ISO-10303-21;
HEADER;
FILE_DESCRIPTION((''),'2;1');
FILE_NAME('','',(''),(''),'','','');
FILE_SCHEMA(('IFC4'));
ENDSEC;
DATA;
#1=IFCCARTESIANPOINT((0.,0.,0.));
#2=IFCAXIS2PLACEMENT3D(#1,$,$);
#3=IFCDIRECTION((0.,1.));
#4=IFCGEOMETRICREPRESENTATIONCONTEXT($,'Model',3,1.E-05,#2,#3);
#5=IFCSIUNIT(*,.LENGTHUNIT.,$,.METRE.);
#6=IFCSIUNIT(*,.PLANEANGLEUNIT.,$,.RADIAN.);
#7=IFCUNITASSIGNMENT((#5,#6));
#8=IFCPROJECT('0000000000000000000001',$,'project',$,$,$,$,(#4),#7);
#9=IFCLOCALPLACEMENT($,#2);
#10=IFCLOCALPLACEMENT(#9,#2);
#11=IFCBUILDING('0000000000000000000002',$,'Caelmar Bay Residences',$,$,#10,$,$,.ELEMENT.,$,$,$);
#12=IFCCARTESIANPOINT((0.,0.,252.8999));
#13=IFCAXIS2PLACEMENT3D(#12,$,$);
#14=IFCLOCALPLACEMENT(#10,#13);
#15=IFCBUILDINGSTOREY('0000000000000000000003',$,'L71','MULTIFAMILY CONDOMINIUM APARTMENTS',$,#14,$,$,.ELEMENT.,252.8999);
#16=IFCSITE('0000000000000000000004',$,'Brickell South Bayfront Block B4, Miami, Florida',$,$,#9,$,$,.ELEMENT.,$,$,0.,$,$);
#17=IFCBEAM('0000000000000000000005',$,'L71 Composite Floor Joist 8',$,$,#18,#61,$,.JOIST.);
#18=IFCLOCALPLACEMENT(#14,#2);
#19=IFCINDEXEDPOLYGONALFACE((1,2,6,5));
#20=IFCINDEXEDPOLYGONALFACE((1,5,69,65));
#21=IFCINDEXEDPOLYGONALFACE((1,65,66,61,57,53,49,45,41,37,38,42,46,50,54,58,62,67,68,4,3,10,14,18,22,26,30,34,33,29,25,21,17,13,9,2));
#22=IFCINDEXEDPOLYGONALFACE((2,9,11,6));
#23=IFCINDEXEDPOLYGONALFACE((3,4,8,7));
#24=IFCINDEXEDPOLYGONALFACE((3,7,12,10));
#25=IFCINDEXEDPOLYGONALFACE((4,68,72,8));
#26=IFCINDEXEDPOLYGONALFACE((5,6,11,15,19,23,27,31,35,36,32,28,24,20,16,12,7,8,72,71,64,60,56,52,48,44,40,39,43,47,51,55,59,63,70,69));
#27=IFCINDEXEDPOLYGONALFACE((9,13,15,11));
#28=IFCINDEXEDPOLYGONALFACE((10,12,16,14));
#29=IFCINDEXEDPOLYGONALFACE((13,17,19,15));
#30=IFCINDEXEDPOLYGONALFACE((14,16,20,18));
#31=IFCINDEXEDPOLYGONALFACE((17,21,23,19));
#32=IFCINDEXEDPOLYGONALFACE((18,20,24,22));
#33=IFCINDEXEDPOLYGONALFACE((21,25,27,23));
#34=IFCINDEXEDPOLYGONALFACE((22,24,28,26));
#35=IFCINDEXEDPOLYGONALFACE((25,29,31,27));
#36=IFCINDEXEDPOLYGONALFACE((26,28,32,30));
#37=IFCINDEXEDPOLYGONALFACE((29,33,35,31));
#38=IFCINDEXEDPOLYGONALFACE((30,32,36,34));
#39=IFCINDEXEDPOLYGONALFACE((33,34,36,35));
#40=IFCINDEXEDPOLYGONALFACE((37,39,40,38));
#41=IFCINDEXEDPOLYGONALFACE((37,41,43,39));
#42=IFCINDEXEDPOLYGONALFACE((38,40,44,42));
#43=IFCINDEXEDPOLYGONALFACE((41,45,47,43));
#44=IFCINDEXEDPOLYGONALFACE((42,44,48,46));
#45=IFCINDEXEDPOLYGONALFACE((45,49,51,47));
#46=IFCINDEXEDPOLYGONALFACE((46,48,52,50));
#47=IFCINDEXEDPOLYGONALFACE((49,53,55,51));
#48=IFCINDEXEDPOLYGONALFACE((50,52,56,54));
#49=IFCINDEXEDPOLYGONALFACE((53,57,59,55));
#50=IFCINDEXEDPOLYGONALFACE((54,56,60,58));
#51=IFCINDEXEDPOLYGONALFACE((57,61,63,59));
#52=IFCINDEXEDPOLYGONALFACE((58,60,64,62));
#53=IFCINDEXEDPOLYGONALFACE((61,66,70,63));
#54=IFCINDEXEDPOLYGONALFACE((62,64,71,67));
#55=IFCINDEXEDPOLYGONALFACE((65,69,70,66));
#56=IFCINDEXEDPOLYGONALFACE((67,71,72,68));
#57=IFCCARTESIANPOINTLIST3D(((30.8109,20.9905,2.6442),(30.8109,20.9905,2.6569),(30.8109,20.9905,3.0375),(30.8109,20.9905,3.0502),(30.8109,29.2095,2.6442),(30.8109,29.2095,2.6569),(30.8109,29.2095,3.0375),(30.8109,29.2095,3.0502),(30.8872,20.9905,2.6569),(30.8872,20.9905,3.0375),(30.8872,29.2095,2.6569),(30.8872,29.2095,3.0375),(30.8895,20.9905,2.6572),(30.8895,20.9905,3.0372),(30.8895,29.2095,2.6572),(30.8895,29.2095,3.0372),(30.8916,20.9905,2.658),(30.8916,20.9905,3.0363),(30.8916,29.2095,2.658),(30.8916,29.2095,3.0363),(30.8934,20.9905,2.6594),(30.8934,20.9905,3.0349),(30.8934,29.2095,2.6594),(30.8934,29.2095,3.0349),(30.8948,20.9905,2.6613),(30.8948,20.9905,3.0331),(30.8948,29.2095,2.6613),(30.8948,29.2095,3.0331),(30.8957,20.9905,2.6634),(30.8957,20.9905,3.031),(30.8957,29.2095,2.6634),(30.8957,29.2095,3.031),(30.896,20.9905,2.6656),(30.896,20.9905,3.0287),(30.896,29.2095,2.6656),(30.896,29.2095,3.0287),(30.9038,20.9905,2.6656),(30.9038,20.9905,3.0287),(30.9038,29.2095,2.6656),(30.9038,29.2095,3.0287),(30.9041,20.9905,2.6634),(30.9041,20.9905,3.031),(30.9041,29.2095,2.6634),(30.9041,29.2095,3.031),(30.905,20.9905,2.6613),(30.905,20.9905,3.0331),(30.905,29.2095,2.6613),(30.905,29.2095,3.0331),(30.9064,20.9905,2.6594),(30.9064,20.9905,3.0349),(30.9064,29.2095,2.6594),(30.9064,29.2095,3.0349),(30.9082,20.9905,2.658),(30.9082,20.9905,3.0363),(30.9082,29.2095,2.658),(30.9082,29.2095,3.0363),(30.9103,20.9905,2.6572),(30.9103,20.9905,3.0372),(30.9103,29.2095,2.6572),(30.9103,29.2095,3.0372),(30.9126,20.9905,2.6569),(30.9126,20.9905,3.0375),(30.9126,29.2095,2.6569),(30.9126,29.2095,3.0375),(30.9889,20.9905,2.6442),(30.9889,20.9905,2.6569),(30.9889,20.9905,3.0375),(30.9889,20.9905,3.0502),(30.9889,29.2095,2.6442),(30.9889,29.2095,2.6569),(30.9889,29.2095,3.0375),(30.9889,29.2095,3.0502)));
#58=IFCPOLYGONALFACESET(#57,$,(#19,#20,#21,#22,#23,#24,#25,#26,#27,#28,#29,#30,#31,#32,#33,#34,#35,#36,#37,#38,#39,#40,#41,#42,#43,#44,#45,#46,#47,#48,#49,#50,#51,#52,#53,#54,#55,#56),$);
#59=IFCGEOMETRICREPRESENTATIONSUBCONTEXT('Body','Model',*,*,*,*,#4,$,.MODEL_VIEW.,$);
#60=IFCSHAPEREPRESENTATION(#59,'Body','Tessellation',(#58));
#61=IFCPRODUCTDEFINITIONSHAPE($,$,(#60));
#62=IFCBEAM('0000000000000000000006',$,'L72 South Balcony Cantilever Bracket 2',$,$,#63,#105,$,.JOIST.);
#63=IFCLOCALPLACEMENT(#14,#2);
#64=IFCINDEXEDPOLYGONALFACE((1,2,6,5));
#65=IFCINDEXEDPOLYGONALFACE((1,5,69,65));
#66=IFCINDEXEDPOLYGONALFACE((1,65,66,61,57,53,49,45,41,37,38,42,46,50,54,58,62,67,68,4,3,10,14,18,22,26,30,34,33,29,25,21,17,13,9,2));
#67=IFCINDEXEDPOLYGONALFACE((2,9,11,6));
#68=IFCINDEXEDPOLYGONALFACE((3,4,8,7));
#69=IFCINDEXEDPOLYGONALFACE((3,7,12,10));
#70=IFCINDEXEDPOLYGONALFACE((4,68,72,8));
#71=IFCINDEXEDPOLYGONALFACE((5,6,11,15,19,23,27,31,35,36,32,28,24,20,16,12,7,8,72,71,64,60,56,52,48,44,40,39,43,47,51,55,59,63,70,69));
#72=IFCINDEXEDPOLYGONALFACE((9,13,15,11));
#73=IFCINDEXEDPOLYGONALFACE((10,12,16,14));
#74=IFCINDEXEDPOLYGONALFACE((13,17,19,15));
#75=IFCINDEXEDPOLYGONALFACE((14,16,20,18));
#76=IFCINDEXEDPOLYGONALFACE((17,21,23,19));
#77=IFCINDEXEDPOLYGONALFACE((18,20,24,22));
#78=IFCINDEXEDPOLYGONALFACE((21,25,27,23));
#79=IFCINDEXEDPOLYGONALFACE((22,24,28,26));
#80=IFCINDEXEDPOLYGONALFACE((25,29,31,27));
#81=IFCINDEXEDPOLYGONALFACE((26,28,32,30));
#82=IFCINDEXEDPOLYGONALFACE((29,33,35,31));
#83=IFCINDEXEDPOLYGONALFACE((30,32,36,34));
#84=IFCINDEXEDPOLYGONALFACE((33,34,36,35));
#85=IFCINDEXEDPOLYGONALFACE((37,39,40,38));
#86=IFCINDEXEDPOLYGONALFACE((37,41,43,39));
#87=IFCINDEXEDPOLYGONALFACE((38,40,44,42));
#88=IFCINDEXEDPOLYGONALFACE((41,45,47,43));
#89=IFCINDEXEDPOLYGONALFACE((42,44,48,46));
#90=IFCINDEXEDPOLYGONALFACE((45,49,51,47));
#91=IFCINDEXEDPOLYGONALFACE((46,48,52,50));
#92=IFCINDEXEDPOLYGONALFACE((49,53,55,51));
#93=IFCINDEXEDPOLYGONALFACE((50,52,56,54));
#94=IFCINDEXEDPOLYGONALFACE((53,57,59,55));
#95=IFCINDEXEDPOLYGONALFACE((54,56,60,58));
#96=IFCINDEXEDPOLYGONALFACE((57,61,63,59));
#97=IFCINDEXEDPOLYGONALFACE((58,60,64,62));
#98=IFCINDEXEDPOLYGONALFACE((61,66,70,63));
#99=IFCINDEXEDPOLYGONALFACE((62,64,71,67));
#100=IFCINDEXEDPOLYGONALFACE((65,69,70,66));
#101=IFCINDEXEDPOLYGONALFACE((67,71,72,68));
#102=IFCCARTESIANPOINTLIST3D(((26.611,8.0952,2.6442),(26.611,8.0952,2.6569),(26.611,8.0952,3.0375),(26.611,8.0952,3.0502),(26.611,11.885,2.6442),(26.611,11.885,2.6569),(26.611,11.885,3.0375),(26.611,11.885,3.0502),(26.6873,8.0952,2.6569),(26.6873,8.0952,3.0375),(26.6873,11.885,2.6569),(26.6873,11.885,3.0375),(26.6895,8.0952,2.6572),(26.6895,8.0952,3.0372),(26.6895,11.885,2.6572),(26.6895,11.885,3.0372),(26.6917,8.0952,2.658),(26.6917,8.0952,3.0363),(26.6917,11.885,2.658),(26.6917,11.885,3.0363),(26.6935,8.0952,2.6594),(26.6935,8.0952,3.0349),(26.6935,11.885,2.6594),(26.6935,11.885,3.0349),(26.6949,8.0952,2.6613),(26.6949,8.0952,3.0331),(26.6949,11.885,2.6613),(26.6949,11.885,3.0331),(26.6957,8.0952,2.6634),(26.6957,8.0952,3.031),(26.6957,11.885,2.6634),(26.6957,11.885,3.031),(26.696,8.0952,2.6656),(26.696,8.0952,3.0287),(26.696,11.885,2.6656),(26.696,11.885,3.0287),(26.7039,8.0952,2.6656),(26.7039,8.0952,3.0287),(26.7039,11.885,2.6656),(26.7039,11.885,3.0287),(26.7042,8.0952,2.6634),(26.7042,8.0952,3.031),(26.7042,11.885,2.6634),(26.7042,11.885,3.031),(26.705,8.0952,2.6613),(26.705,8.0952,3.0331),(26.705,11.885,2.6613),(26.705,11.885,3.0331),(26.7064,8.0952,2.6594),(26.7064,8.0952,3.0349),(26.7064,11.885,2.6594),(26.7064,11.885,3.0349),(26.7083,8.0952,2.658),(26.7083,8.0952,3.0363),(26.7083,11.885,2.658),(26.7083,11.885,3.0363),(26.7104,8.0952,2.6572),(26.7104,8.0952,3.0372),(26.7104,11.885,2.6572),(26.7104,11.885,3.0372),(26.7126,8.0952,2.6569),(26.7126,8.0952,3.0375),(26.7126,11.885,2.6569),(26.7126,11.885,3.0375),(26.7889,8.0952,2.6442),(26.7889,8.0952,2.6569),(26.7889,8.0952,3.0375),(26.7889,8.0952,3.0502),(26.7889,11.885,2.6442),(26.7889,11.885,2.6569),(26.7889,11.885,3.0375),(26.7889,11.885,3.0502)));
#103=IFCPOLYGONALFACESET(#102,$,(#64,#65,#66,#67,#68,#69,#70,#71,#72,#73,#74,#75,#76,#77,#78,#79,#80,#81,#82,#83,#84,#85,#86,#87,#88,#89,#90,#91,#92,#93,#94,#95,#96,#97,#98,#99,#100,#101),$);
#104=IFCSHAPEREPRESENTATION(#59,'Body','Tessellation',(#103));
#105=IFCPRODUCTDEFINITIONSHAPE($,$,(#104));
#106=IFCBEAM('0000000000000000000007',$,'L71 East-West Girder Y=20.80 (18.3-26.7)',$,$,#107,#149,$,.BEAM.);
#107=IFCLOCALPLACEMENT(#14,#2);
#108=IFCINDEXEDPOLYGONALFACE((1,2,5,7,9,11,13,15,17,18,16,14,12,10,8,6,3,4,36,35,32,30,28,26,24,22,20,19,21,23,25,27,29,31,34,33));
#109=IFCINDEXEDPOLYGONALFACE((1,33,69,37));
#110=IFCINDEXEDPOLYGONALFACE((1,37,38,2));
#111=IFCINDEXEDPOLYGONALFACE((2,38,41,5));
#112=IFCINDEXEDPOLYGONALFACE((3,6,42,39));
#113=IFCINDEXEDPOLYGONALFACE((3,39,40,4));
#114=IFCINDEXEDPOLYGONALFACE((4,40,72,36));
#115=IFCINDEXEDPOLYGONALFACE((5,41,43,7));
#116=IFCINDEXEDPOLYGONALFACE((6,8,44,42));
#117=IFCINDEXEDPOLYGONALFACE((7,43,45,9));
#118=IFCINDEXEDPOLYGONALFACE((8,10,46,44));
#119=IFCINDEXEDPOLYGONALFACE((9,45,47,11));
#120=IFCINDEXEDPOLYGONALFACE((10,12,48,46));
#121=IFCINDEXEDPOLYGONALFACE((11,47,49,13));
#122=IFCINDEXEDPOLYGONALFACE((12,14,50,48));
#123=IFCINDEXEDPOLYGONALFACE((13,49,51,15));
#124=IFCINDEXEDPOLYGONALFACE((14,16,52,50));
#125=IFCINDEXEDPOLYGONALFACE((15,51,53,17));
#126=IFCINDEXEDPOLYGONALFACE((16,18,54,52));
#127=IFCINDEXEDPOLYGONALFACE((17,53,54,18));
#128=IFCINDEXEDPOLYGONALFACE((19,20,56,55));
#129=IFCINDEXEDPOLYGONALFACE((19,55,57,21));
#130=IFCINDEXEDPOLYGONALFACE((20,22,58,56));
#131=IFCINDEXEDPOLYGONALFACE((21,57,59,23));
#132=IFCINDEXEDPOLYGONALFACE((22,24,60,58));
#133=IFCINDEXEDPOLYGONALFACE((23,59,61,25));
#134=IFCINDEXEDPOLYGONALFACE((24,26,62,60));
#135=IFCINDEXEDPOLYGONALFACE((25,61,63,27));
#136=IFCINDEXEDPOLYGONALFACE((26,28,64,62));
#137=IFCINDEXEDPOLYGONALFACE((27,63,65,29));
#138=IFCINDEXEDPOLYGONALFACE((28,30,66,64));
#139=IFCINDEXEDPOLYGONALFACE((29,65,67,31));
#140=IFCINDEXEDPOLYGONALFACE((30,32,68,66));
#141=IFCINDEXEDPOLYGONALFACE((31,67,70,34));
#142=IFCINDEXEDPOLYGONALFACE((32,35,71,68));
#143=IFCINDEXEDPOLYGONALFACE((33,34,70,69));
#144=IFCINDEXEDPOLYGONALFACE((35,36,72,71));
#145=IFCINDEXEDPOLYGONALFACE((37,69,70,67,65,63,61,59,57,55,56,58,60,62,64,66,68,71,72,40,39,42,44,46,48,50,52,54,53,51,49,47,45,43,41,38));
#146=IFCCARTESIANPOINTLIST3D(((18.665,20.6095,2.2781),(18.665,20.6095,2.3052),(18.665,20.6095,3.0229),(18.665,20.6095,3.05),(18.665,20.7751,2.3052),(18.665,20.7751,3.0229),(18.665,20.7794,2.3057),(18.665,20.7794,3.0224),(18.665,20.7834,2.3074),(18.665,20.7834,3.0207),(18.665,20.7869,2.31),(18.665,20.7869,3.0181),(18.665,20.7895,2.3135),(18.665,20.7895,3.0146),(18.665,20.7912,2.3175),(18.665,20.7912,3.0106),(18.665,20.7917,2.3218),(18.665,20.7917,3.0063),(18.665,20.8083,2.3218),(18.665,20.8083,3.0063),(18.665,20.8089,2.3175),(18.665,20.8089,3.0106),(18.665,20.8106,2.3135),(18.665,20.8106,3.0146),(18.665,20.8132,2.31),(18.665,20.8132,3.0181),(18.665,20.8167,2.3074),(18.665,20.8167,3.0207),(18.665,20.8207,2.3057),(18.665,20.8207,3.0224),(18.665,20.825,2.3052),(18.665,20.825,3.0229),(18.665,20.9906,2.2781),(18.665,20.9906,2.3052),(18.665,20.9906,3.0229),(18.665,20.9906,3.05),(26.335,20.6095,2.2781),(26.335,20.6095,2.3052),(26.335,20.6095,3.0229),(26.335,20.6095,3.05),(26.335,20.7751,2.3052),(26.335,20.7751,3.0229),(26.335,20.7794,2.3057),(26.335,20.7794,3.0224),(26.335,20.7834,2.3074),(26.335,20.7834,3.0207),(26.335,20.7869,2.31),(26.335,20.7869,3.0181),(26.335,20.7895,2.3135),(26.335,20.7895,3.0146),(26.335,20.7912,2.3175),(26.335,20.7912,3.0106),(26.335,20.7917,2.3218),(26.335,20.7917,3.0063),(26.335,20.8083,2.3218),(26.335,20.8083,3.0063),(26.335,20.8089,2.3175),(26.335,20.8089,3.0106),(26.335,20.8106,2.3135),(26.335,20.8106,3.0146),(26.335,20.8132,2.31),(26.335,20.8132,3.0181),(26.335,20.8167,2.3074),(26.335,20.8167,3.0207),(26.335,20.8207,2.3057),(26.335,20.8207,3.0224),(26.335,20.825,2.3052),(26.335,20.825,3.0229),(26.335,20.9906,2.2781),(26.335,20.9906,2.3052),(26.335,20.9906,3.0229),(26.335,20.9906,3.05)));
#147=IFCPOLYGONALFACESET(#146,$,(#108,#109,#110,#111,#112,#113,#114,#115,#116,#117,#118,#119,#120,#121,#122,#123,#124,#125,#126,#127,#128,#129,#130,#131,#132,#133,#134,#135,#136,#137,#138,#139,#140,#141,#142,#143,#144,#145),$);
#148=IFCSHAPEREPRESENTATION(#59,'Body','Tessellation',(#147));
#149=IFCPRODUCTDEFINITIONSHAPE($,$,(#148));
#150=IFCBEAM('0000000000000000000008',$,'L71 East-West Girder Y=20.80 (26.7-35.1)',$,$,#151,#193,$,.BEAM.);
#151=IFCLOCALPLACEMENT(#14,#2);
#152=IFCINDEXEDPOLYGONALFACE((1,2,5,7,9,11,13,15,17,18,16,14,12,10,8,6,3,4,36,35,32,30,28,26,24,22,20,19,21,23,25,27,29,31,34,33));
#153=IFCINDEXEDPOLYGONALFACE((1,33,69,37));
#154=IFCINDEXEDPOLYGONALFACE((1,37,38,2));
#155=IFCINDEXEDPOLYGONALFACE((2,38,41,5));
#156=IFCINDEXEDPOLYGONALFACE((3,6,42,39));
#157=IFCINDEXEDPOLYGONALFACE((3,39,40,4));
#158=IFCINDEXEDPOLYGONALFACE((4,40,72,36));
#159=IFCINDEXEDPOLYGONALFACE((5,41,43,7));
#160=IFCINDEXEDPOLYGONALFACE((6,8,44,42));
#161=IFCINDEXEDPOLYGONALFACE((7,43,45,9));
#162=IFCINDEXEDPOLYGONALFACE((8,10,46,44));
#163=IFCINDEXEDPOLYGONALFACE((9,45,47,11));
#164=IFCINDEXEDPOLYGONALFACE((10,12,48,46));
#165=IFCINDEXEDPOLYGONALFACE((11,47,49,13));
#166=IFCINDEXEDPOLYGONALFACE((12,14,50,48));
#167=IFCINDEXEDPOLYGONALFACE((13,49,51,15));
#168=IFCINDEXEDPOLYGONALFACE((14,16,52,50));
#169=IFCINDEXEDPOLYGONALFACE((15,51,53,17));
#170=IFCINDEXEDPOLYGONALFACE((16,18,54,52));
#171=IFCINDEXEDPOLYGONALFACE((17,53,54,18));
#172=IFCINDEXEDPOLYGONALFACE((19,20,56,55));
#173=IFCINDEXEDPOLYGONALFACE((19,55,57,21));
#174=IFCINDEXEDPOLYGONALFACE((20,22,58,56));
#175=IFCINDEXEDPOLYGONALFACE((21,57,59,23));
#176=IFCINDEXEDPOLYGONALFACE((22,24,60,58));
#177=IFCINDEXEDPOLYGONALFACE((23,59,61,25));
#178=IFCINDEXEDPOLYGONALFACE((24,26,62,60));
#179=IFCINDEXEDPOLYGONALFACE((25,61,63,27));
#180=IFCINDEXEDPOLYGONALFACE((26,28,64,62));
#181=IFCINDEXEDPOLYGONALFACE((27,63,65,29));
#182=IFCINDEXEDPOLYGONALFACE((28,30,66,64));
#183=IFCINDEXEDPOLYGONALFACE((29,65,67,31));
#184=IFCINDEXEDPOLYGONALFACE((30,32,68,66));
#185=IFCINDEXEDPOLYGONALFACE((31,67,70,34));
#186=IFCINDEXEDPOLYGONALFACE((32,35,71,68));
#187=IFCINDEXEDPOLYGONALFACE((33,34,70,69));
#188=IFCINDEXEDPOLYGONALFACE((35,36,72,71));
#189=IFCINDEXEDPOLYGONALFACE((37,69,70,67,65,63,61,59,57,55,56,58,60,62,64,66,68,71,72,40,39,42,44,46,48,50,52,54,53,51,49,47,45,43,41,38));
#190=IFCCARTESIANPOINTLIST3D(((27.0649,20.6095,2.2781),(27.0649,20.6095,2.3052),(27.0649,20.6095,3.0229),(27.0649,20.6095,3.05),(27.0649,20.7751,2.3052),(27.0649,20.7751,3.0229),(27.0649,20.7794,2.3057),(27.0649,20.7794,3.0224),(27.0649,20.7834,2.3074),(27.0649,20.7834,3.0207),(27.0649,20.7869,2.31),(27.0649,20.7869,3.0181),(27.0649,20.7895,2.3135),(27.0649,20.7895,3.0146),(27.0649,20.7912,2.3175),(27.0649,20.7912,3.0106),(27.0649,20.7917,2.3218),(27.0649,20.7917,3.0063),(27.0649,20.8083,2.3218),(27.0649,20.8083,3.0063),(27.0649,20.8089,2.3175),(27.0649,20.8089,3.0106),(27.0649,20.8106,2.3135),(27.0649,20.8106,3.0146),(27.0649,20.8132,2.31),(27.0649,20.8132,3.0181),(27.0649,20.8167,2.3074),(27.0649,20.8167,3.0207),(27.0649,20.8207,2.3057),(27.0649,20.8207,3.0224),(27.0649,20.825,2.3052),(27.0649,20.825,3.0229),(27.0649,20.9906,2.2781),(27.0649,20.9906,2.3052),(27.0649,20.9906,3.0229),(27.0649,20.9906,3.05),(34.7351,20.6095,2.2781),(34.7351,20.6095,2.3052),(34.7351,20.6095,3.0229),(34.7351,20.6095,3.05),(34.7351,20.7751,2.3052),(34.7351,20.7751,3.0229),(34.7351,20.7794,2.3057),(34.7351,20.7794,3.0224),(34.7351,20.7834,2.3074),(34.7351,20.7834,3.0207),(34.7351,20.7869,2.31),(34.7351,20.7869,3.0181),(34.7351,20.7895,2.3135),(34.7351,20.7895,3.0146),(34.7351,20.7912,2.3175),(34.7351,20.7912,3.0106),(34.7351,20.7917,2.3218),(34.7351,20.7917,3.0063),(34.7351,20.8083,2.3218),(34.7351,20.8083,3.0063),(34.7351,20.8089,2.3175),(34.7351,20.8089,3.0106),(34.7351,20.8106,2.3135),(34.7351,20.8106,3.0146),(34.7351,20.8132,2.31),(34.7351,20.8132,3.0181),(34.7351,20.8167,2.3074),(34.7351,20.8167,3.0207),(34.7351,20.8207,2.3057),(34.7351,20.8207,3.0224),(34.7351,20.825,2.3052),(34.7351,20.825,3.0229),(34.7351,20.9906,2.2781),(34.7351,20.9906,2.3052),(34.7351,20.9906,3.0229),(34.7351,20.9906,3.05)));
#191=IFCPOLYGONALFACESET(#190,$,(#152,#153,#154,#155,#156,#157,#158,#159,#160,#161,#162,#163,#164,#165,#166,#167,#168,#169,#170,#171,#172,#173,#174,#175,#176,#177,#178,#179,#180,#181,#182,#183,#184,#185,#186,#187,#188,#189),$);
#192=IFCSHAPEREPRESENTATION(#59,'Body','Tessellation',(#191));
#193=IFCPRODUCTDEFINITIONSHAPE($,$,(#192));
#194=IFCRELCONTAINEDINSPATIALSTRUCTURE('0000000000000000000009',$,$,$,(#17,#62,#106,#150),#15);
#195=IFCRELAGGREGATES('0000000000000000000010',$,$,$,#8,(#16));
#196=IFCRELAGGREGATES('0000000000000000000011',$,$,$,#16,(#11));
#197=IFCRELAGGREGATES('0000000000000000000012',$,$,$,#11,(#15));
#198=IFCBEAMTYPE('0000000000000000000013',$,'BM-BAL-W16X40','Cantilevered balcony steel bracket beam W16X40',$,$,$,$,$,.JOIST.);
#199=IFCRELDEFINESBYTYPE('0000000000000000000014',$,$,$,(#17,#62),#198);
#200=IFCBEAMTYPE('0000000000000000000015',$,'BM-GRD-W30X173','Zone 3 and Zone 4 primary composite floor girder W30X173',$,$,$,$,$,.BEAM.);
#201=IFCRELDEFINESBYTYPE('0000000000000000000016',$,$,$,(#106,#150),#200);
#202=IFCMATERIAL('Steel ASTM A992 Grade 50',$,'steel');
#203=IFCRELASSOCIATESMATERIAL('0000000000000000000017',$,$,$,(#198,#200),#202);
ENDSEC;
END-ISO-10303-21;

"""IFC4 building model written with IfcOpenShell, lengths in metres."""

from ifc_helpers import new_model, si_unit, direction, frame, origin, origin_2d, place, context, subcontext, project, spatial, i_section, extrude, material, material_profile, profile_set, type_object, element, save


model = new_model("IFC4")

# Units and contexts
model_context = context("Model", 3, precision=1e-05, world=origin(), true_north=direction((0.0, 1.0)))
body_context = subcontext(model_context, "Body", "Model", "MODEL_VIEW")
ifc_project = project(units=[si_unit("LENGTHUNIT", "METRE"), si_unit("PLANEANGLEUNIT", "RADIAN")], contexts=[model_context])

# Site, building, storey
site_placement = place(None, origin())
site = spatial("IfcSite", under=ifc_project, at=site_placement, Name="Brickell South Bayfront Block B4, Miami, Florida", CompositionType="ELEMENT", RefElevation=0.0)
building_placement = place(site_placement, origin())
building = spatial("IfcBuilding", under=site, at=building_placement, Name="Caelmar Bay Residences", CompositionType="ELEMENT")
storey_placement = place(building_placement, frame((0.0, 0.0, 252.8999)))
storey = spatial("IfcBuildingStorey", under=building, at=storey_placement, Name="L71", Description="MULTIFAMILY CONDOMINIUM APARTMENTS", CompositionType="ELEMENT", Elevation=252.8999)

# Beams
ifc_material_1 = material(Name="Steel ASTM A992 Grade 50", Category="steel")
ifc_material_profile_1 = material_profile(ifc_material_1, i_section(OverallWidth=0.178, OverallDepth=0.406, WebThickness=0.0078, FlangeThickness=0.0127, FilletRadius=0.0088, at=origin_2d()), Name="W16X40")
ifc_profile_set_1 = profile_set([ifc_material_profile_1], Name="Steel ASTM A992 Grade 50")
beam_type_1 = type_object("IfcBeamType", Name="BM-BAL-W16X40", Description="Cantilevered balcony steel bracket beam W16X40", PredefinedType="JOIST", material=ifc_profile_set_1)
for number, where, z_axis, x_axis, name in (
    (1, (30.8999, 20.9905, 2.8472), (0.0, 1.0, 0.0), (-1.0, 0.0, 0.0), "L71 Composite Floor Joist 8"),
):
    element("IfcBeam", number, at=place(storey_placement, frame(where, z_axis=z_axis, x_axis=x_axis)), inside=storey, type_object=beam_type_1, Name=name, PredefinedType="JOIST", context=body_context, shape_type="SweptSolid", body=[
        extrude(i_section(OverallWidth=0.178, OverallDepth=0.406, WebThickness=0.0078, FlangeThickness=0.0127, FilletRadius=0.0088, at=origin_2d()), origin(), (0.0, 0.0, 1.0), 8.219),
    ])
beam_1_placement = place(storey_placement, frame((26.7, 11.885, 2.8472), z_axis=(0.0, -1.0, 0.0), x_axis=(1.0, 0.0, 0.0)))
element("IfcBeam", 2, at=beam_1_placement, inside=storey, type_object=beam_type_1, Name="L72 South Balcony Cantilever Bracket 2", PredefinedType="JOIST", context=body_context, shape_type="SweptSolid", body=[
    extrude(i_section(OverallWidth=0.178, OverallDepth=0.406, WebThickness=0.0078, FlangeThickness=0.0127, FilletRadius=0.0088, at=origin_2d()), origin(), (0.0, 0.0, 1.0), 3.7898),
])
ifc_material_profile_2 = material_profile(ifc_material_1, i_section(OverallWidth=0.3811, OverallDepth=0.772, WebThickness=0.0166, FlangeThickness=0.0271, FilletRadius=0.0166, at=origin_2d()), Name="W30X173")
ifc_profile_set_2 = profile_set([ifc_material_profile_2], Name="Steel ASTM A992 Grade 50")
beam_type_2 = type_object("IfcBeamType", Name="BM-GRD-W30X173", Description="Zone 3 and Zone 4 primary composite floor girder W30X173", PredefinedType="BEAM", material=ifc_profile_set_2)
beam_2_placement = place(storey_placement, frame((18.665, 20.8, 2.6641), z_axis=(1.0, 0.0, 0.0), x_axis=(0.0, 1.0, 0.0)))
element("IfcBeam", 3, at=beam_2_placement, inside=storey, type_object=beam_type_2, Name="L71 East-West Girder Y=20.80 (18.3-26.7)", PredefinedType="BEAM", context=body_context, shape_type="SweptSolid", body=[
    extrude(i_section(OverallWidth=0.3811, OverallDepth=0.772, WebThickness=0.0166, FlangeThickness=0.0271, FilletRadius=0.0166, at=origin_2d()), origin(), (0.0, 0.0, 1.0), 7.6699),
])
beam_3_placement = place(storey_placement, frame((27.0649, 20.8, 2.6641), z_axis=(1.0, 0.0, 0.0), x_axis=(0.0, 1.0, 0.0)))
element("IfcBeam", 4, at=beam_3_placement, inside=storey, type_object=beam_type_2, Name="L71 East-West Girder Y=20.80 (26.7-35.1)", PredefinedType="BEAM", context=body_context, shape_type="SweptSolid", body=[
    extrude(i_section(OverallWidth=0.3811, OverallDepth=0.772, WebThickness=0.0166, FlangeThickness=0.0271, FilletRadius=0.0166, at=origin_2d()), origin(), (0.0, 0.0, 1.0), 7.6702),
])

save(model, "model.ifc")
